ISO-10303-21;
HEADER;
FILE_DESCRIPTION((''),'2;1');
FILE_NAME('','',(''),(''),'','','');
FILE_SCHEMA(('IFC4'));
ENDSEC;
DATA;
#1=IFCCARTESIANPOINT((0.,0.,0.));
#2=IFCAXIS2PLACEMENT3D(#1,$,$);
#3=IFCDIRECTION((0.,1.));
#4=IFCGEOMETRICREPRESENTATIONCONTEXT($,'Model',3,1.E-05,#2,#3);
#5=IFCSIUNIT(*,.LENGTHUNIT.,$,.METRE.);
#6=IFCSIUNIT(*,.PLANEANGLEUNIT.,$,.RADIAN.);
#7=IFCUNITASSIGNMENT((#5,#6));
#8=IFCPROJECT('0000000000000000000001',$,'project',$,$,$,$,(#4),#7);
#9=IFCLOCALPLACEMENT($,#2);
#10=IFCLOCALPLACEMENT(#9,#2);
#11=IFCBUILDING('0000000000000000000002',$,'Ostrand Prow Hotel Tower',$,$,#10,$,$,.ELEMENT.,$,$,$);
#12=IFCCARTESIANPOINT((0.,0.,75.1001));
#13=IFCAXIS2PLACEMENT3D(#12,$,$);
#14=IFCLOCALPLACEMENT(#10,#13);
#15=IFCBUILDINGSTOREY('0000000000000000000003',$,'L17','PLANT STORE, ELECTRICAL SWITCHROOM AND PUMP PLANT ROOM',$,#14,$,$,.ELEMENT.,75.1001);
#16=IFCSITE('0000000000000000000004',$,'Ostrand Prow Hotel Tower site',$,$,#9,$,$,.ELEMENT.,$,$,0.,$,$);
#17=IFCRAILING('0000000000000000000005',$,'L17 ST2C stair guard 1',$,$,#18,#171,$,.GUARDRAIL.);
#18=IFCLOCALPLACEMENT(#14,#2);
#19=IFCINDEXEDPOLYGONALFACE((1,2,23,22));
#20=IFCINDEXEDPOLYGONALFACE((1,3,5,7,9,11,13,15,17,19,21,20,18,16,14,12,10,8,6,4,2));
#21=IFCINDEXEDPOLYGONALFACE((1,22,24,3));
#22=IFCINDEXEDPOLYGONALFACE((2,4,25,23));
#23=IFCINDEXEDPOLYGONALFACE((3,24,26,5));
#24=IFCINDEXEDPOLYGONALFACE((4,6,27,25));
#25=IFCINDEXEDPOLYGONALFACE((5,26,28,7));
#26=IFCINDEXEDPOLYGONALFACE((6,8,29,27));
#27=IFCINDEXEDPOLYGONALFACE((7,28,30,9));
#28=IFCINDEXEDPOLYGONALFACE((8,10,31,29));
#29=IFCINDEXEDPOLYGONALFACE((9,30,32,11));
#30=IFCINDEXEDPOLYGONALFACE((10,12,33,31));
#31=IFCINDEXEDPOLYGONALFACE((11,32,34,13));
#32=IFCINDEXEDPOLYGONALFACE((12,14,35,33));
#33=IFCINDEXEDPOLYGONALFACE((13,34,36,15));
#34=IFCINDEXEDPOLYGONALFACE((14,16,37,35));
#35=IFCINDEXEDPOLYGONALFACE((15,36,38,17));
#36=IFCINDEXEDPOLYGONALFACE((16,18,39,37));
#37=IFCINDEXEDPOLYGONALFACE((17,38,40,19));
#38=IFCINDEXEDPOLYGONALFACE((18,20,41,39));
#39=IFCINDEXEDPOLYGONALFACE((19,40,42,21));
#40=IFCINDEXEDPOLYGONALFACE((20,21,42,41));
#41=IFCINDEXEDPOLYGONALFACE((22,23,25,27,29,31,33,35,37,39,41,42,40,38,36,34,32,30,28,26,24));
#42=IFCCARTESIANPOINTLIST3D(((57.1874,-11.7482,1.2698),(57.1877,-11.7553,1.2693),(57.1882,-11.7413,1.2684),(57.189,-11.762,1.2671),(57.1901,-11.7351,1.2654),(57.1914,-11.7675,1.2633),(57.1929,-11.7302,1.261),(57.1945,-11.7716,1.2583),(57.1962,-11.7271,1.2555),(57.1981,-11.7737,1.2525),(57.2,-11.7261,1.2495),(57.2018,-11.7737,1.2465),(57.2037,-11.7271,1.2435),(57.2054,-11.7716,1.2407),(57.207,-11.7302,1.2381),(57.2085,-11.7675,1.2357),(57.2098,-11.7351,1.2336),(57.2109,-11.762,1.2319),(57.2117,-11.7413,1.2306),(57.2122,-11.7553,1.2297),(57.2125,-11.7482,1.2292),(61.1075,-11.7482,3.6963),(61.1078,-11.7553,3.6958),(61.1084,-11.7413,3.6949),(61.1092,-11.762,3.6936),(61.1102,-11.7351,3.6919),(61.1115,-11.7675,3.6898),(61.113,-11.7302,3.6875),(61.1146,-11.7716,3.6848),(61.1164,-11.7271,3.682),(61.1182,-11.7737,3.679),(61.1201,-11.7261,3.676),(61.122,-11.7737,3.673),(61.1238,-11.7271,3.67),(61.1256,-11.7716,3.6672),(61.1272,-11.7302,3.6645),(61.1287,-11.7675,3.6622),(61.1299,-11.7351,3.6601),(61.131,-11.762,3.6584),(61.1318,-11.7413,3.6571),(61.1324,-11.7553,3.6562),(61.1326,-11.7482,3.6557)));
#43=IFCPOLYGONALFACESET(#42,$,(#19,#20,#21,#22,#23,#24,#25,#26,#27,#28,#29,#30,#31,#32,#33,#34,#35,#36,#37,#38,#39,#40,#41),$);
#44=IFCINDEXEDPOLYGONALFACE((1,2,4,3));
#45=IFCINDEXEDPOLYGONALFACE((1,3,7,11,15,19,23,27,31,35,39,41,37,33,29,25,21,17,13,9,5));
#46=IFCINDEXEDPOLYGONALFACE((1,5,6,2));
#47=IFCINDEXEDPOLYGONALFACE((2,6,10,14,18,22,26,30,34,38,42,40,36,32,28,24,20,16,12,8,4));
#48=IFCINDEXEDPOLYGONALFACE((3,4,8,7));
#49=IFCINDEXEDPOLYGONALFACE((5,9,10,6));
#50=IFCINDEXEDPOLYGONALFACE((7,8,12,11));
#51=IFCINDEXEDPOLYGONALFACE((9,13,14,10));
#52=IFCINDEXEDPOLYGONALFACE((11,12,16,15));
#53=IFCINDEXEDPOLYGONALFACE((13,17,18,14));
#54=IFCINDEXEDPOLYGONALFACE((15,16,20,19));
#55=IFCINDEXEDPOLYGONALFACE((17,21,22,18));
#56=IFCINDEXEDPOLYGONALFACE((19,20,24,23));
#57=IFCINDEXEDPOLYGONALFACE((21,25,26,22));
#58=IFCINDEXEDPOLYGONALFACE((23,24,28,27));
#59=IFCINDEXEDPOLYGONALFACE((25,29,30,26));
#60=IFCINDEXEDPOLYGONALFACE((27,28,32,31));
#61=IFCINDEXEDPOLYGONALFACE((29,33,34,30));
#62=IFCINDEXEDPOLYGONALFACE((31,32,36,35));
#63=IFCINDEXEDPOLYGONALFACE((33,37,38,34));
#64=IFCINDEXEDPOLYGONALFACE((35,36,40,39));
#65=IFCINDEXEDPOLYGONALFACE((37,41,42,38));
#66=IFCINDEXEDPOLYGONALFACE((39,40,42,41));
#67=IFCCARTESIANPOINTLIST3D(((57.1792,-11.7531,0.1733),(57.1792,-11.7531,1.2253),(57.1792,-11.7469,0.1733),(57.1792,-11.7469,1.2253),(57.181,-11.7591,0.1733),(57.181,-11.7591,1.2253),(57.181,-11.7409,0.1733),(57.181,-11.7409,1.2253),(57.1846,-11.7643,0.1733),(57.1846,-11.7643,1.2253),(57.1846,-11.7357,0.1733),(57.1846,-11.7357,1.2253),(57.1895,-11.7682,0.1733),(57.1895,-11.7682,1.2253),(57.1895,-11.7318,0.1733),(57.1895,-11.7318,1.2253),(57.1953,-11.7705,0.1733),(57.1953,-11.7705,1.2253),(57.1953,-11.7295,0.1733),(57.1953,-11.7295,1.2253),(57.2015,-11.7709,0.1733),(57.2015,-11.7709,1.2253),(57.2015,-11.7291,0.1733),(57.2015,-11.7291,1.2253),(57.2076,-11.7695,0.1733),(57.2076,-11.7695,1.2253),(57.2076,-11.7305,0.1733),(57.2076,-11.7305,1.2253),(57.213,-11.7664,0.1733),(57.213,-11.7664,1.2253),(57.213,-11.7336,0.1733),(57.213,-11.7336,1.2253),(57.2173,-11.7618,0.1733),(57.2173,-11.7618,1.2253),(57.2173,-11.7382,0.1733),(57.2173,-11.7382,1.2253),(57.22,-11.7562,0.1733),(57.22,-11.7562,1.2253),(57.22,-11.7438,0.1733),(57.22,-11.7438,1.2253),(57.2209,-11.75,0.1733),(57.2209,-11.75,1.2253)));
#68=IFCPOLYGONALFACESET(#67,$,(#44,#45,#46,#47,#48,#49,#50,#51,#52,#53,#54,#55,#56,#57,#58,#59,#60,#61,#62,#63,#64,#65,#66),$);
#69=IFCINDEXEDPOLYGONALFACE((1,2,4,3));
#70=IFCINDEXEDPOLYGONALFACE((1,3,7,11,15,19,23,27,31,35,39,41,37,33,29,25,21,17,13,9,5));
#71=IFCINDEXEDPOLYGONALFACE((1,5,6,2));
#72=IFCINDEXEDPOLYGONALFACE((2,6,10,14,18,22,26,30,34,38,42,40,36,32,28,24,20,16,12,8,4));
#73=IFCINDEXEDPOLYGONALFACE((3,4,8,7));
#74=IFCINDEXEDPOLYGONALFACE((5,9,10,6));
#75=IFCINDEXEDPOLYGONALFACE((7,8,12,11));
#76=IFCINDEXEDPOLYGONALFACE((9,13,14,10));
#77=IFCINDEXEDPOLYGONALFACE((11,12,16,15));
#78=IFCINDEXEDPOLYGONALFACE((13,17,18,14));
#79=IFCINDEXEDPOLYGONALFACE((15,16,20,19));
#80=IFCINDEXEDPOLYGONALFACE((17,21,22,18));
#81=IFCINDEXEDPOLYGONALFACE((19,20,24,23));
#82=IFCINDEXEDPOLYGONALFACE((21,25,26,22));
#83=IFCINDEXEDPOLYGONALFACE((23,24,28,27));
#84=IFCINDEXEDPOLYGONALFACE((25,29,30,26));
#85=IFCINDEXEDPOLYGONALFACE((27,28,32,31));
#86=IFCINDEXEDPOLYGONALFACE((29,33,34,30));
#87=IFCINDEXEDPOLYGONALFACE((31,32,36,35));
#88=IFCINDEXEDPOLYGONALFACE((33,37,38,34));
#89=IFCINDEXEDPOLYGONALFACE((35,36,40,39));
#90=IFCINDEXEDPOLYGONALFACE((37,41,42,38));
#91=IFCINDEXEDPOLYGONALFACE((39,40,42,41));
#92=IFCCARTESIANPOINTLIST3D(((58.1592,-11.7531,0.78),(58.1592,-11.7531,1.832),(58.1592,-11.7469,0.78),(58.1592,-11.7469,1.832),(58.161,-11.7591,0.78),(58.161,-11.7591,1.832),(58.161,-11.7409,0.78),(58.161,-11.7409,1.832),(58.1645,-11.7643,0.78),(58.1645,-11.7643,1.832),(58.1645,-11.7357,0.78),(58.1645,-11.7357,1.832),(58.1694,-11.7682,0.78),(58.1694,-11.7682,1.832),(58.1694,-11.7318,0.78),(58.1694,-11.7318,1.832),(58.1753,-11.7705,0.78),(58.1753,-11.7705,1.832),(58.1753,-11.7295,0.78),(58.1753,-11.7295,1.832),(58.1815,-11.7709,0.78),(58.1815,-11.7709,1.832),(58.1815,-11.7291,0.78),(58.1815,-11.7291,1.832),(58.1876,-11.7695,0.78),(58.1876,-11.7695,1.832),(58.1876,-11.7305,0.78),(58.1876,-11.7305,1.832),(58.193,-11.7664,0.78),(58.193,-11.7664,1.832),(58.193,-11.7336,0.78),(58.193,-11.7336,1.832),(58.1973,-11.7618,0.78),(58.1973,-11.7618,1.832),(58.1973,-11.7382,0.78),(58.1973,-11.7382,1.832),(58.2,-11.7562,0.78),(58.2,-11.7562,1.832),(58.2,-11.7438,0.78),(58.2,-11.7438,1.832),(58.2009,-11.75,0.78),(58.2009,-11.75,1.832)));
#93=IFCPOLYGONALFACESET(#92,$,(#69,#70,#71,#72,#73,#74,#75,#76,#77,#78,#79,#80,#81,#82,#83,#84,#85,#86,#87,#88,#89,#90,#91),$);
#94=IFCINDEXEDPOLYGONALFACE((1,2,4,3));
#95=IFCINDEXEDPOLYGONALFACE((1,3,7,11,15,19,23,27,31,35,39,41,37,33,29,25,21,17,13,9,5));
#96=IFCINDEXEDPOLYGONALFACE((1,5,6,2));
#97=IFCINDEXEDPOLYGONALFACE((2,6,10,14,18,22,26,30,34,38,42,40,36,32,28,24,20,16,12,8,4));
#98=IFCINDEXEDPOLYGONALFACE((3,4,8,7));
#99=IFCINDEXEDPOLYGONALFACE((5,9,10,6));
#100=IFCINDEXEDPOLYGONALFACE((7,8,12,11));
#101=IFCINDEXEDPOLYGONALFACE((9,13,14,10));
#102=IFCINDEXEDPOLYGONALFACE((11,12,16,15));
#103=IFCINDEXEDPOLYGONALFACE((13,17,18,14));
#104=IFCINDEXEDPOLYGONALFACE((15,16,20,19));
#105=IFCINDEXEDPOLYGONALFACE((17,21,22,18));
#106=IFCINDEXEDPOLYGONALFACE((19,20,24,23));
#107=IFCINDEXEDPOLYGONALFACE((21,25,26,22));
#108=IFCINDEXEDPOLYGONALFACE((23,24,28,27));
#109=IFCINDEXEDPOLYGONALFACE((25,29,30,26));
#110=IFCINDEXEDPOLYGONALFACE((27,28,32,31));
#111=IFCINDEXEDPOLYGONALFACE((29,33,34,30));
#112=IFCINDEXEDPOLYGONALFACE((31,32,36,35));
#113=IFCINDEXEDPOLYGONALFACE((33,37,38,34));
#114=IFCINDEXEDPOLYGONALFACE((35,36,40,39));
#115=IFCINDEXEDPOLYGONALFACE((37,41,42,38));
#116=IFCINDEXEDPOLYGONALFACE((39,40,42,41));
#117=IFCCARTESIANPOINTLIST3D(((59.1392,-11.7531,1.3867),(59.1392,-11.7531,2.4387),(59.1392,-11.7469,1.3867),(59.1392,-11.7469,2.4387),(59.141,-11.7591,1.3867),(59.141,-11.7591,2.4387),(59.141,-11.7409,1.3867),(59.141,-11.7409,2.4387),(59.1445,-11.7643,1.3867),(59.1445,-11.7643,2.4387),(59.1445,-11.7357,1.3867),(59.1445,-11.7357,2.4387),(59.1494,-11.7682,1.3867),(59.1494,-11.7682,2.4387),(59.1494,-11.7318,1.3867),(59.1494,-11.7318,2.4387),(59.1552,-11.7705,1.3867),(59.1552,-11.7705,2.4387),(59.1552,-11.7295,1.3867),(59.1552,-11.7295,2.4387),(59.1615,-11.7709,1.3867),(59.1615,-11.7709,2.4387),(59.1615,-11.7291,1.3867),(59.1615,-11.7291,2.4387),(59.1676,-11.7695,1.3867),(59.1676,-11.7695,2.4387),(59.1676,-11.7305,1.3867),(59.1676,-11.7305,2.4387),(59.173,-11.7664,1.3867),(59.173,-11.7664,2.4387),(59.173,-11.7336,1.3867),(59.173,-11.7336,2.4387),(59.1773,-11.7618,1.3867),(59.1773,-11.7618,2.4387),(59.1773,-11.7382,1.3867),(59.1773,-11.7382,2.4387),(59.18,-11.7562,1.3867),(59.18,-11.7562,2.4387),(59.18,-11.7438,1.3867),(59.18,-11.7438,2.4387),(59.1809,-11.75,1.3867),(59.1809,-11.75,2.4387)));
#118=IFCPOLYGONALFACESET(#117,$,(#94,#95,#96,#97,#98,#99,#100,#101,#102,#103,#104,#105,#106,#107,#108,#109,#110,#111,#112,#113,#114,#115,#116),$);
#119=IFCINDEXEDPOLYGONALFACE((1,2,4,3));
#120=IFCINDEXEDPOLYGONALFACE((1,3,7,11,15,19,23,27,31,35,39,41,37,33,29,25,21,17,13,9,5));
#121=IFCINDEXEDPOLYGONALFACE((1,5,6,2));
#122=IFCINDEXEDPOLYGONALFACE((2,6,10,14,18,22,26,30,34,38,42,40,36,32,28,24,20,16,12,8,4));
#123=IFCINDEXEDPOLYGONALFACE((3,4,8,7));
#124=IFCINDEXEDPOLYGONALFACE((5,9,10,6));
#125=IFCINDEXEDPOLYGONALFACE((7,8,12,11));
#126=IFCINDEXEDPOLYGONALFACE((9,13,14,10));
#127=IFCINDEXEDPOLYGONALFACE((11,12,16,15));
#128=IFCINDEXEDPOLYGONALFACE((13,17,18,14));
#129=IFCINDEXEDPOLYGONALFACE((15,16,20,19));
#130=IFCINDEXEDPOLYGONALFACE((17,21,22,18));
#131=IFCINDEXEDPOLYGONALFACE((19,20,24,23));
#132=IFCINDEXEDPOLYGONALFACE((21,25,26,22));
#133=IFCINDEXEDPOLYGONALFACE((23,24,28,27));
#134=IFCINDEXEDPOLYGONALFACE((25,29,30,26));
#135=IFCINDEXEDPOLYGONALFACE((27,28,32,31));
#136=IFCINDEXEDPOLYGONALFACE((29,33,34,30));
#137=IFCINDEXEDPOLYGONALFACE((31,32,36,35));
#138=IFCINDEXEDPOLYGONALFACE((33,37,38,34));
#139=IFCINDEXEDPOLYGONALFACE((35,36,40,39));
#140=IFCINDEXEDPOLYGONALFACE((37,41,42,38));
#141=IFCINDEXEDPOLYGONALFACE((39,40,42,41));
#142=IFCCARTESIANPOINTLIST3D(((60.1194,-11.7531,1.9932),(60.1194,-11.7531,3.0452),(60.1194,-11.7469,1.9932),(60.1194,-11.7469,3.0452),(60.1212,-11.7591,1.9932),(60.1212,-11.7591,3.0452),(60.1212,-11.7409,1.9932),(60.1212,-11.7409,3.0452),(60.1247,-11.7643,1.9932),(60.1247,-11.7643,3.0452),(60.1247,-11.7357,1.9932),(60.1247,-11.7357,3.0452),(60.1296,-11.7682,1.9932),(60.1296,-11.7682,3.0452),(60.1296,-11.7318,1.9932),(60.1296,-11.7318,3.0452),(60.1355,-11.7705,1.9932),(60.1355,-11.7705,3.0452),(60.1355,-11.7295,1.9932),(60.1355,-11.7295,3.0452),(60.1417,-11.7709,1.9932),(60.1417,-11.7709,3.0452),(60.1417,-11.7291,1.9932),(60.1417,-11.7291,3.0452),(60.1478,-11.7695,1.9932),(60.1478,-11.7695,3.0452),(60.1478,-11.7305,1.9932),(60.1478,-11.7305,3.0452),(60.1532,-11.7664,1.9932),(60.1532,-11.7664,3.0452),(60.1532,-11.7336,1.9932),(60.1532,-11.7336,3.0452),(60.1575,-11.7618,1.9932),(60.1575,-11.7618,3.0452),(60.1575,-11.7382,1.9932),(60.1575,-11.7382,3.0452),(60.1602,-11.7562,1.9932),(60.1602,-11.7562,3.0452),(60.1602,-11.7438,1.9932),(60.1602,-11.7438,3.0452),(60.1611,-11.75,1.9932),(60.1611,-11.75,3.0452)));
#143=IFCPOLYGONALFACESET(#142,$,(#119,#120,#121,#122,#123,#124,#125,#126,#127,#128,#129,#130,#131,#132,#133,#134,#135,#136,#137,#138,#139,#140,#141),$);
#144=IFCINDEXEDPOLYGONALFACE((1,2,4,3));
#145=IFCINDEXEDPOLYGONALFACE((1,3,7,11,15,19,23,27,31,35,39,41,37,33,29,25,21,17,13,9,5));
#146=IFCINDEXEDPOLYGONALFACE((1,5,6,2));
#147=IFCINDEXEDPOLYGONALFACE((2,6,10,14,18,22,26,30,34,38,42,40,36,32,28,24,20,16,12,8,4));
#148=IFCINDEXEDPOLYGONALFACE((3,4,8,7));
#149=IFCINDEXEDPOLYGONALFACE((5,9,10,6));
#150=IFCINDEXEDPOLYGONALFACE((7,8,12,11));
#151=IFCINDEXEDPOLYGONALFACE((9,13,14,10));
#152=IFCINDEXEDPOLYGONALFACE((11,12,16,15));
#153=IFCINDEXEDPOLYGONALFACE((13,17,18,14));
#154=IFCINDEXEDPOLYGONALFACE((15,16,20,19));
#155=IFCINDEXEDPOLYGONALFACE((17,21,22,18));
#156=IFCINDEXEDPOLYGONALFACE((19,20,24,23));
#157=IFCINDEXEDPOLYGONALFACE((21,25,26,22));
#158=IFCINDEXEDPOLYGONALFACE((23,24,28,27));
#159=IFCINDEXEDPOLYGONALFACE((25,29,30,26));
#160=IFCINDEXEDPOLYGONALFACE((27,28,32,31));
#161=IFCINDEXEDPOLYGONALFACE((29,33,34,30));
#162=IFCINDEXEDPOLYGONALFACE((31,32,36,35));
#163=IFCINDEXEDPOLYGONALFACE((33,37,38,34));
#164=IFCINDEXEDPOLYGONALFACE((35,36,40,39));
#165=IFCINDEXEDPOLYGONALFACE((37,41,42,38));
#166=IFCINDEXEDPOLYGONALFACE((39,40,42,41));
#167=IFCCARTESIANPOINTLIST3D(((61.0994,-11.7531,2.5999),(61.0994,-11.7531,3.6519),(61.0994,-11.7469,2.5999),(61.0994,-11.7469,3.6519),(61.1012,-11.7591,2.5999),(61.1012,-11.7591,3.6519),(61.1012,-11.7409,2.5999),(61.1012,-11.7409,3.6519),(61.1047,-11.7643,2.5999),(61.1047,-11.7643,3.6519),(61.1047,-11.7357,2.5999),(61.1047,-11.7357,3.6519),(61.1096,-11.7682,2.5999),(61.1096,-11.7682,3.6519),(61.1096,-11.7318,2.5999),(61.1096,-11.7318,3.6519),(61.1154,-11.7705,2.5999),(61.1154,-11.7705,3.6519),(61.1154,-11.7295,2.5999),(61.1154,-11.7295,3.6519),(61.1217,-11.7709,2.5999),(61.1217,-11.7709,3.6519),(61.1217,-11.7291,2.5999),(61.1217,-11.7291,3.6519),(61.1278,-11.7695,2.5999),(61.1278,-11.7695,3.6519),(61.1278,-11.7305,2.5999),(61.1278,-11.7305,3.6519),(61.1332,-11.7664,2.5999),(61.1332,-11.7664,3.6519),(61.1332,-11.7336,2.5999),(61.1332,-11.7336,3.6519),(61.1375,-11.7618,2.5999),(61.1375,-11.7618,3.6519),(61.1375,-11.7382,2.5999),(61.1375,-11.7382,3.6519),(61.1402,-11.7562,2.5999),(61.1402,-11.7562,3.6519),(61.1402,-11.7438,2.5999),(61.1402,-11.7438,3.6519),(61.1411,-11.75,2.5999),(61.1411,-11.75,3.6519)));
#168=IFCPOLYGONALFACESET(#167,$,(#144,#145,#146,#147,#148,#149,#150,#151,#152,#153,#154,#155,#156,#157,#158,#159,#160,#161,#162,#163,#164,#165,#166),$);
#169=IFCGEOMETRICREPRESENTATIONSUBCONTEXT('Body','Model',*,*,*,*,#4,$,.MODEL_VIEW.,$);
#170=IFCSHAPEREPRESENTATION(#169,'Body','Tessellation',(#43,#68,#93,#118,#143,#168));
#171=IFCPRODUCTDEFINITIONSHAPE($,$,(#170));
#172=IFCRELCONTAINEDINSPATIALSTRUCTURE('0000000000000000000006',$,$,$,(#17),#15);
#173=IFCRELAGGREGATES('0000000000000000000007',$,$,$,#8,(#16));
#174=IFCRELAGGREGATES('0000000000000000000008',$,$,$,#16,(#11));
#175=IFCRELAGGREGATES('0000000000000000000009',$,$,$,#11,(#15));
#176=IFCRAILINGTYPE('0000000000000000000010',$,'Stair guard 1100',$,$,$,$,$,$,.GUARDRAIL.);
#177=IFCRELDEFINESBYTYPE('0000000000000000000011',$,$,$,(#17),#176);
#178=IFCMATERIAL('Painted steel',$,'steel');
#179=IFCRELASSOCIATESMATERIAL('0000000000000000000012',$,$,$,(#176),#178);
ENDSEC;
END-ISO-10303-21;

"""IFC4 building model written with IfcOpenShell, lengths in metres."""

from ifc_helpers import new_model, si_unit, direction, frame, origin, origin_2d, place, context, subcontext, project, spatial, circle, extrude, material, type_object, element, save


model = new_model("IFC4")

# Units and contexts
model_context = context("Model", 3, precision=1e-05, world=origin(), true_north=direction((0.0, 1.0)))
body_context = subcontext(model_context, "Body", "Model", "MODEL_VIEW")
ifc_project = project(units=[si_unit("LENGTHUNIT", "METRE"), si_unit("PLANEANGLEUNIT", "RADIAN")], contexts=[model_context])

# Site, building, storey
site_placement = place(None, origin())
site = spatial("IfcSite", under=ifc_project, at=site_placement, Name="Ostrand Prow Hotel Tower site", CompositionType="ELEMENT", RefElevation=0.0)
building_placement = place(site_placement, origin())
building = spatial("IfcBuilding", under=site, at=building_placement, Name="Ostrand Prow Hotel Tower", CompositionType="ELEMENT")
storey_placement = place(building_placement, frame((0.0, 0.0, 75.1001)))
storey = spatial("IfcBuildingStorey", under=building, at=storey_placement, Name="L17", Description="PLANT STORE, ELECTRICAL SWITCHROOM AND PUMP PLANT ROOM", CompositionType="ELEMENT", Elevation=75.1001)

# Railing
ifc_material_1 = material(Name="Painted steel", Category="steel")
railing_type_1 = type_object("IfcRailingType", Name="Stair guard 1100", PredefinedType="GUARDRAIL", material=ifc_material_1)
railing_1_placement = place(storey_placement, frame((57.2, -11.75, 0.1733)))
element("IfcRailing", 1, at=railing_1_placement, inside=storey, type_object=railing_type_1, Name="L17 ST2C stair guard 1", PredefinedType="GUARDRAIL", context=body_context, shape_type="SweptSolid", body=[
    extrude(circle(Radius=0.0239, at=origin_2d()), frame((0.0, 0.0, 1.0762), z_axis=(0.85029, 0.0, 0.526315), x_axis=(0.0, 1.0, 0.0)), (0.0, 0.0, 1.0), 4.6104),
    extrude(circle(Radius=0.021, at=origin_2d()), origin(), (0.0, 0.0, 1.0), 1.052),
    extrude(circle(Radius=0.021, at=origin_2d()), frame((0.98, 0.0, 0.6067)), (0.0, 0.0, 1.0), 1.052),
    extrude(circle(Radius=0.021, at=origin_2d()), frame((1.96, 0.0, 1.2134)), (0.0, 0.0, 1.0), 1.052),
    extrude(circle(Radius=0.021, at=origin_2d()), frame((2.9402, 0.0, 1.8198)), (0.0, 0.0, 1.0), 1.052),
    extrude(circle(Radius=0.021, at=origin_2d()), frame((3.9202, 0.0, 2.4265)), (0.0, 0.0, 1.0), 1.052),
])

save(model, "model.ifc")
